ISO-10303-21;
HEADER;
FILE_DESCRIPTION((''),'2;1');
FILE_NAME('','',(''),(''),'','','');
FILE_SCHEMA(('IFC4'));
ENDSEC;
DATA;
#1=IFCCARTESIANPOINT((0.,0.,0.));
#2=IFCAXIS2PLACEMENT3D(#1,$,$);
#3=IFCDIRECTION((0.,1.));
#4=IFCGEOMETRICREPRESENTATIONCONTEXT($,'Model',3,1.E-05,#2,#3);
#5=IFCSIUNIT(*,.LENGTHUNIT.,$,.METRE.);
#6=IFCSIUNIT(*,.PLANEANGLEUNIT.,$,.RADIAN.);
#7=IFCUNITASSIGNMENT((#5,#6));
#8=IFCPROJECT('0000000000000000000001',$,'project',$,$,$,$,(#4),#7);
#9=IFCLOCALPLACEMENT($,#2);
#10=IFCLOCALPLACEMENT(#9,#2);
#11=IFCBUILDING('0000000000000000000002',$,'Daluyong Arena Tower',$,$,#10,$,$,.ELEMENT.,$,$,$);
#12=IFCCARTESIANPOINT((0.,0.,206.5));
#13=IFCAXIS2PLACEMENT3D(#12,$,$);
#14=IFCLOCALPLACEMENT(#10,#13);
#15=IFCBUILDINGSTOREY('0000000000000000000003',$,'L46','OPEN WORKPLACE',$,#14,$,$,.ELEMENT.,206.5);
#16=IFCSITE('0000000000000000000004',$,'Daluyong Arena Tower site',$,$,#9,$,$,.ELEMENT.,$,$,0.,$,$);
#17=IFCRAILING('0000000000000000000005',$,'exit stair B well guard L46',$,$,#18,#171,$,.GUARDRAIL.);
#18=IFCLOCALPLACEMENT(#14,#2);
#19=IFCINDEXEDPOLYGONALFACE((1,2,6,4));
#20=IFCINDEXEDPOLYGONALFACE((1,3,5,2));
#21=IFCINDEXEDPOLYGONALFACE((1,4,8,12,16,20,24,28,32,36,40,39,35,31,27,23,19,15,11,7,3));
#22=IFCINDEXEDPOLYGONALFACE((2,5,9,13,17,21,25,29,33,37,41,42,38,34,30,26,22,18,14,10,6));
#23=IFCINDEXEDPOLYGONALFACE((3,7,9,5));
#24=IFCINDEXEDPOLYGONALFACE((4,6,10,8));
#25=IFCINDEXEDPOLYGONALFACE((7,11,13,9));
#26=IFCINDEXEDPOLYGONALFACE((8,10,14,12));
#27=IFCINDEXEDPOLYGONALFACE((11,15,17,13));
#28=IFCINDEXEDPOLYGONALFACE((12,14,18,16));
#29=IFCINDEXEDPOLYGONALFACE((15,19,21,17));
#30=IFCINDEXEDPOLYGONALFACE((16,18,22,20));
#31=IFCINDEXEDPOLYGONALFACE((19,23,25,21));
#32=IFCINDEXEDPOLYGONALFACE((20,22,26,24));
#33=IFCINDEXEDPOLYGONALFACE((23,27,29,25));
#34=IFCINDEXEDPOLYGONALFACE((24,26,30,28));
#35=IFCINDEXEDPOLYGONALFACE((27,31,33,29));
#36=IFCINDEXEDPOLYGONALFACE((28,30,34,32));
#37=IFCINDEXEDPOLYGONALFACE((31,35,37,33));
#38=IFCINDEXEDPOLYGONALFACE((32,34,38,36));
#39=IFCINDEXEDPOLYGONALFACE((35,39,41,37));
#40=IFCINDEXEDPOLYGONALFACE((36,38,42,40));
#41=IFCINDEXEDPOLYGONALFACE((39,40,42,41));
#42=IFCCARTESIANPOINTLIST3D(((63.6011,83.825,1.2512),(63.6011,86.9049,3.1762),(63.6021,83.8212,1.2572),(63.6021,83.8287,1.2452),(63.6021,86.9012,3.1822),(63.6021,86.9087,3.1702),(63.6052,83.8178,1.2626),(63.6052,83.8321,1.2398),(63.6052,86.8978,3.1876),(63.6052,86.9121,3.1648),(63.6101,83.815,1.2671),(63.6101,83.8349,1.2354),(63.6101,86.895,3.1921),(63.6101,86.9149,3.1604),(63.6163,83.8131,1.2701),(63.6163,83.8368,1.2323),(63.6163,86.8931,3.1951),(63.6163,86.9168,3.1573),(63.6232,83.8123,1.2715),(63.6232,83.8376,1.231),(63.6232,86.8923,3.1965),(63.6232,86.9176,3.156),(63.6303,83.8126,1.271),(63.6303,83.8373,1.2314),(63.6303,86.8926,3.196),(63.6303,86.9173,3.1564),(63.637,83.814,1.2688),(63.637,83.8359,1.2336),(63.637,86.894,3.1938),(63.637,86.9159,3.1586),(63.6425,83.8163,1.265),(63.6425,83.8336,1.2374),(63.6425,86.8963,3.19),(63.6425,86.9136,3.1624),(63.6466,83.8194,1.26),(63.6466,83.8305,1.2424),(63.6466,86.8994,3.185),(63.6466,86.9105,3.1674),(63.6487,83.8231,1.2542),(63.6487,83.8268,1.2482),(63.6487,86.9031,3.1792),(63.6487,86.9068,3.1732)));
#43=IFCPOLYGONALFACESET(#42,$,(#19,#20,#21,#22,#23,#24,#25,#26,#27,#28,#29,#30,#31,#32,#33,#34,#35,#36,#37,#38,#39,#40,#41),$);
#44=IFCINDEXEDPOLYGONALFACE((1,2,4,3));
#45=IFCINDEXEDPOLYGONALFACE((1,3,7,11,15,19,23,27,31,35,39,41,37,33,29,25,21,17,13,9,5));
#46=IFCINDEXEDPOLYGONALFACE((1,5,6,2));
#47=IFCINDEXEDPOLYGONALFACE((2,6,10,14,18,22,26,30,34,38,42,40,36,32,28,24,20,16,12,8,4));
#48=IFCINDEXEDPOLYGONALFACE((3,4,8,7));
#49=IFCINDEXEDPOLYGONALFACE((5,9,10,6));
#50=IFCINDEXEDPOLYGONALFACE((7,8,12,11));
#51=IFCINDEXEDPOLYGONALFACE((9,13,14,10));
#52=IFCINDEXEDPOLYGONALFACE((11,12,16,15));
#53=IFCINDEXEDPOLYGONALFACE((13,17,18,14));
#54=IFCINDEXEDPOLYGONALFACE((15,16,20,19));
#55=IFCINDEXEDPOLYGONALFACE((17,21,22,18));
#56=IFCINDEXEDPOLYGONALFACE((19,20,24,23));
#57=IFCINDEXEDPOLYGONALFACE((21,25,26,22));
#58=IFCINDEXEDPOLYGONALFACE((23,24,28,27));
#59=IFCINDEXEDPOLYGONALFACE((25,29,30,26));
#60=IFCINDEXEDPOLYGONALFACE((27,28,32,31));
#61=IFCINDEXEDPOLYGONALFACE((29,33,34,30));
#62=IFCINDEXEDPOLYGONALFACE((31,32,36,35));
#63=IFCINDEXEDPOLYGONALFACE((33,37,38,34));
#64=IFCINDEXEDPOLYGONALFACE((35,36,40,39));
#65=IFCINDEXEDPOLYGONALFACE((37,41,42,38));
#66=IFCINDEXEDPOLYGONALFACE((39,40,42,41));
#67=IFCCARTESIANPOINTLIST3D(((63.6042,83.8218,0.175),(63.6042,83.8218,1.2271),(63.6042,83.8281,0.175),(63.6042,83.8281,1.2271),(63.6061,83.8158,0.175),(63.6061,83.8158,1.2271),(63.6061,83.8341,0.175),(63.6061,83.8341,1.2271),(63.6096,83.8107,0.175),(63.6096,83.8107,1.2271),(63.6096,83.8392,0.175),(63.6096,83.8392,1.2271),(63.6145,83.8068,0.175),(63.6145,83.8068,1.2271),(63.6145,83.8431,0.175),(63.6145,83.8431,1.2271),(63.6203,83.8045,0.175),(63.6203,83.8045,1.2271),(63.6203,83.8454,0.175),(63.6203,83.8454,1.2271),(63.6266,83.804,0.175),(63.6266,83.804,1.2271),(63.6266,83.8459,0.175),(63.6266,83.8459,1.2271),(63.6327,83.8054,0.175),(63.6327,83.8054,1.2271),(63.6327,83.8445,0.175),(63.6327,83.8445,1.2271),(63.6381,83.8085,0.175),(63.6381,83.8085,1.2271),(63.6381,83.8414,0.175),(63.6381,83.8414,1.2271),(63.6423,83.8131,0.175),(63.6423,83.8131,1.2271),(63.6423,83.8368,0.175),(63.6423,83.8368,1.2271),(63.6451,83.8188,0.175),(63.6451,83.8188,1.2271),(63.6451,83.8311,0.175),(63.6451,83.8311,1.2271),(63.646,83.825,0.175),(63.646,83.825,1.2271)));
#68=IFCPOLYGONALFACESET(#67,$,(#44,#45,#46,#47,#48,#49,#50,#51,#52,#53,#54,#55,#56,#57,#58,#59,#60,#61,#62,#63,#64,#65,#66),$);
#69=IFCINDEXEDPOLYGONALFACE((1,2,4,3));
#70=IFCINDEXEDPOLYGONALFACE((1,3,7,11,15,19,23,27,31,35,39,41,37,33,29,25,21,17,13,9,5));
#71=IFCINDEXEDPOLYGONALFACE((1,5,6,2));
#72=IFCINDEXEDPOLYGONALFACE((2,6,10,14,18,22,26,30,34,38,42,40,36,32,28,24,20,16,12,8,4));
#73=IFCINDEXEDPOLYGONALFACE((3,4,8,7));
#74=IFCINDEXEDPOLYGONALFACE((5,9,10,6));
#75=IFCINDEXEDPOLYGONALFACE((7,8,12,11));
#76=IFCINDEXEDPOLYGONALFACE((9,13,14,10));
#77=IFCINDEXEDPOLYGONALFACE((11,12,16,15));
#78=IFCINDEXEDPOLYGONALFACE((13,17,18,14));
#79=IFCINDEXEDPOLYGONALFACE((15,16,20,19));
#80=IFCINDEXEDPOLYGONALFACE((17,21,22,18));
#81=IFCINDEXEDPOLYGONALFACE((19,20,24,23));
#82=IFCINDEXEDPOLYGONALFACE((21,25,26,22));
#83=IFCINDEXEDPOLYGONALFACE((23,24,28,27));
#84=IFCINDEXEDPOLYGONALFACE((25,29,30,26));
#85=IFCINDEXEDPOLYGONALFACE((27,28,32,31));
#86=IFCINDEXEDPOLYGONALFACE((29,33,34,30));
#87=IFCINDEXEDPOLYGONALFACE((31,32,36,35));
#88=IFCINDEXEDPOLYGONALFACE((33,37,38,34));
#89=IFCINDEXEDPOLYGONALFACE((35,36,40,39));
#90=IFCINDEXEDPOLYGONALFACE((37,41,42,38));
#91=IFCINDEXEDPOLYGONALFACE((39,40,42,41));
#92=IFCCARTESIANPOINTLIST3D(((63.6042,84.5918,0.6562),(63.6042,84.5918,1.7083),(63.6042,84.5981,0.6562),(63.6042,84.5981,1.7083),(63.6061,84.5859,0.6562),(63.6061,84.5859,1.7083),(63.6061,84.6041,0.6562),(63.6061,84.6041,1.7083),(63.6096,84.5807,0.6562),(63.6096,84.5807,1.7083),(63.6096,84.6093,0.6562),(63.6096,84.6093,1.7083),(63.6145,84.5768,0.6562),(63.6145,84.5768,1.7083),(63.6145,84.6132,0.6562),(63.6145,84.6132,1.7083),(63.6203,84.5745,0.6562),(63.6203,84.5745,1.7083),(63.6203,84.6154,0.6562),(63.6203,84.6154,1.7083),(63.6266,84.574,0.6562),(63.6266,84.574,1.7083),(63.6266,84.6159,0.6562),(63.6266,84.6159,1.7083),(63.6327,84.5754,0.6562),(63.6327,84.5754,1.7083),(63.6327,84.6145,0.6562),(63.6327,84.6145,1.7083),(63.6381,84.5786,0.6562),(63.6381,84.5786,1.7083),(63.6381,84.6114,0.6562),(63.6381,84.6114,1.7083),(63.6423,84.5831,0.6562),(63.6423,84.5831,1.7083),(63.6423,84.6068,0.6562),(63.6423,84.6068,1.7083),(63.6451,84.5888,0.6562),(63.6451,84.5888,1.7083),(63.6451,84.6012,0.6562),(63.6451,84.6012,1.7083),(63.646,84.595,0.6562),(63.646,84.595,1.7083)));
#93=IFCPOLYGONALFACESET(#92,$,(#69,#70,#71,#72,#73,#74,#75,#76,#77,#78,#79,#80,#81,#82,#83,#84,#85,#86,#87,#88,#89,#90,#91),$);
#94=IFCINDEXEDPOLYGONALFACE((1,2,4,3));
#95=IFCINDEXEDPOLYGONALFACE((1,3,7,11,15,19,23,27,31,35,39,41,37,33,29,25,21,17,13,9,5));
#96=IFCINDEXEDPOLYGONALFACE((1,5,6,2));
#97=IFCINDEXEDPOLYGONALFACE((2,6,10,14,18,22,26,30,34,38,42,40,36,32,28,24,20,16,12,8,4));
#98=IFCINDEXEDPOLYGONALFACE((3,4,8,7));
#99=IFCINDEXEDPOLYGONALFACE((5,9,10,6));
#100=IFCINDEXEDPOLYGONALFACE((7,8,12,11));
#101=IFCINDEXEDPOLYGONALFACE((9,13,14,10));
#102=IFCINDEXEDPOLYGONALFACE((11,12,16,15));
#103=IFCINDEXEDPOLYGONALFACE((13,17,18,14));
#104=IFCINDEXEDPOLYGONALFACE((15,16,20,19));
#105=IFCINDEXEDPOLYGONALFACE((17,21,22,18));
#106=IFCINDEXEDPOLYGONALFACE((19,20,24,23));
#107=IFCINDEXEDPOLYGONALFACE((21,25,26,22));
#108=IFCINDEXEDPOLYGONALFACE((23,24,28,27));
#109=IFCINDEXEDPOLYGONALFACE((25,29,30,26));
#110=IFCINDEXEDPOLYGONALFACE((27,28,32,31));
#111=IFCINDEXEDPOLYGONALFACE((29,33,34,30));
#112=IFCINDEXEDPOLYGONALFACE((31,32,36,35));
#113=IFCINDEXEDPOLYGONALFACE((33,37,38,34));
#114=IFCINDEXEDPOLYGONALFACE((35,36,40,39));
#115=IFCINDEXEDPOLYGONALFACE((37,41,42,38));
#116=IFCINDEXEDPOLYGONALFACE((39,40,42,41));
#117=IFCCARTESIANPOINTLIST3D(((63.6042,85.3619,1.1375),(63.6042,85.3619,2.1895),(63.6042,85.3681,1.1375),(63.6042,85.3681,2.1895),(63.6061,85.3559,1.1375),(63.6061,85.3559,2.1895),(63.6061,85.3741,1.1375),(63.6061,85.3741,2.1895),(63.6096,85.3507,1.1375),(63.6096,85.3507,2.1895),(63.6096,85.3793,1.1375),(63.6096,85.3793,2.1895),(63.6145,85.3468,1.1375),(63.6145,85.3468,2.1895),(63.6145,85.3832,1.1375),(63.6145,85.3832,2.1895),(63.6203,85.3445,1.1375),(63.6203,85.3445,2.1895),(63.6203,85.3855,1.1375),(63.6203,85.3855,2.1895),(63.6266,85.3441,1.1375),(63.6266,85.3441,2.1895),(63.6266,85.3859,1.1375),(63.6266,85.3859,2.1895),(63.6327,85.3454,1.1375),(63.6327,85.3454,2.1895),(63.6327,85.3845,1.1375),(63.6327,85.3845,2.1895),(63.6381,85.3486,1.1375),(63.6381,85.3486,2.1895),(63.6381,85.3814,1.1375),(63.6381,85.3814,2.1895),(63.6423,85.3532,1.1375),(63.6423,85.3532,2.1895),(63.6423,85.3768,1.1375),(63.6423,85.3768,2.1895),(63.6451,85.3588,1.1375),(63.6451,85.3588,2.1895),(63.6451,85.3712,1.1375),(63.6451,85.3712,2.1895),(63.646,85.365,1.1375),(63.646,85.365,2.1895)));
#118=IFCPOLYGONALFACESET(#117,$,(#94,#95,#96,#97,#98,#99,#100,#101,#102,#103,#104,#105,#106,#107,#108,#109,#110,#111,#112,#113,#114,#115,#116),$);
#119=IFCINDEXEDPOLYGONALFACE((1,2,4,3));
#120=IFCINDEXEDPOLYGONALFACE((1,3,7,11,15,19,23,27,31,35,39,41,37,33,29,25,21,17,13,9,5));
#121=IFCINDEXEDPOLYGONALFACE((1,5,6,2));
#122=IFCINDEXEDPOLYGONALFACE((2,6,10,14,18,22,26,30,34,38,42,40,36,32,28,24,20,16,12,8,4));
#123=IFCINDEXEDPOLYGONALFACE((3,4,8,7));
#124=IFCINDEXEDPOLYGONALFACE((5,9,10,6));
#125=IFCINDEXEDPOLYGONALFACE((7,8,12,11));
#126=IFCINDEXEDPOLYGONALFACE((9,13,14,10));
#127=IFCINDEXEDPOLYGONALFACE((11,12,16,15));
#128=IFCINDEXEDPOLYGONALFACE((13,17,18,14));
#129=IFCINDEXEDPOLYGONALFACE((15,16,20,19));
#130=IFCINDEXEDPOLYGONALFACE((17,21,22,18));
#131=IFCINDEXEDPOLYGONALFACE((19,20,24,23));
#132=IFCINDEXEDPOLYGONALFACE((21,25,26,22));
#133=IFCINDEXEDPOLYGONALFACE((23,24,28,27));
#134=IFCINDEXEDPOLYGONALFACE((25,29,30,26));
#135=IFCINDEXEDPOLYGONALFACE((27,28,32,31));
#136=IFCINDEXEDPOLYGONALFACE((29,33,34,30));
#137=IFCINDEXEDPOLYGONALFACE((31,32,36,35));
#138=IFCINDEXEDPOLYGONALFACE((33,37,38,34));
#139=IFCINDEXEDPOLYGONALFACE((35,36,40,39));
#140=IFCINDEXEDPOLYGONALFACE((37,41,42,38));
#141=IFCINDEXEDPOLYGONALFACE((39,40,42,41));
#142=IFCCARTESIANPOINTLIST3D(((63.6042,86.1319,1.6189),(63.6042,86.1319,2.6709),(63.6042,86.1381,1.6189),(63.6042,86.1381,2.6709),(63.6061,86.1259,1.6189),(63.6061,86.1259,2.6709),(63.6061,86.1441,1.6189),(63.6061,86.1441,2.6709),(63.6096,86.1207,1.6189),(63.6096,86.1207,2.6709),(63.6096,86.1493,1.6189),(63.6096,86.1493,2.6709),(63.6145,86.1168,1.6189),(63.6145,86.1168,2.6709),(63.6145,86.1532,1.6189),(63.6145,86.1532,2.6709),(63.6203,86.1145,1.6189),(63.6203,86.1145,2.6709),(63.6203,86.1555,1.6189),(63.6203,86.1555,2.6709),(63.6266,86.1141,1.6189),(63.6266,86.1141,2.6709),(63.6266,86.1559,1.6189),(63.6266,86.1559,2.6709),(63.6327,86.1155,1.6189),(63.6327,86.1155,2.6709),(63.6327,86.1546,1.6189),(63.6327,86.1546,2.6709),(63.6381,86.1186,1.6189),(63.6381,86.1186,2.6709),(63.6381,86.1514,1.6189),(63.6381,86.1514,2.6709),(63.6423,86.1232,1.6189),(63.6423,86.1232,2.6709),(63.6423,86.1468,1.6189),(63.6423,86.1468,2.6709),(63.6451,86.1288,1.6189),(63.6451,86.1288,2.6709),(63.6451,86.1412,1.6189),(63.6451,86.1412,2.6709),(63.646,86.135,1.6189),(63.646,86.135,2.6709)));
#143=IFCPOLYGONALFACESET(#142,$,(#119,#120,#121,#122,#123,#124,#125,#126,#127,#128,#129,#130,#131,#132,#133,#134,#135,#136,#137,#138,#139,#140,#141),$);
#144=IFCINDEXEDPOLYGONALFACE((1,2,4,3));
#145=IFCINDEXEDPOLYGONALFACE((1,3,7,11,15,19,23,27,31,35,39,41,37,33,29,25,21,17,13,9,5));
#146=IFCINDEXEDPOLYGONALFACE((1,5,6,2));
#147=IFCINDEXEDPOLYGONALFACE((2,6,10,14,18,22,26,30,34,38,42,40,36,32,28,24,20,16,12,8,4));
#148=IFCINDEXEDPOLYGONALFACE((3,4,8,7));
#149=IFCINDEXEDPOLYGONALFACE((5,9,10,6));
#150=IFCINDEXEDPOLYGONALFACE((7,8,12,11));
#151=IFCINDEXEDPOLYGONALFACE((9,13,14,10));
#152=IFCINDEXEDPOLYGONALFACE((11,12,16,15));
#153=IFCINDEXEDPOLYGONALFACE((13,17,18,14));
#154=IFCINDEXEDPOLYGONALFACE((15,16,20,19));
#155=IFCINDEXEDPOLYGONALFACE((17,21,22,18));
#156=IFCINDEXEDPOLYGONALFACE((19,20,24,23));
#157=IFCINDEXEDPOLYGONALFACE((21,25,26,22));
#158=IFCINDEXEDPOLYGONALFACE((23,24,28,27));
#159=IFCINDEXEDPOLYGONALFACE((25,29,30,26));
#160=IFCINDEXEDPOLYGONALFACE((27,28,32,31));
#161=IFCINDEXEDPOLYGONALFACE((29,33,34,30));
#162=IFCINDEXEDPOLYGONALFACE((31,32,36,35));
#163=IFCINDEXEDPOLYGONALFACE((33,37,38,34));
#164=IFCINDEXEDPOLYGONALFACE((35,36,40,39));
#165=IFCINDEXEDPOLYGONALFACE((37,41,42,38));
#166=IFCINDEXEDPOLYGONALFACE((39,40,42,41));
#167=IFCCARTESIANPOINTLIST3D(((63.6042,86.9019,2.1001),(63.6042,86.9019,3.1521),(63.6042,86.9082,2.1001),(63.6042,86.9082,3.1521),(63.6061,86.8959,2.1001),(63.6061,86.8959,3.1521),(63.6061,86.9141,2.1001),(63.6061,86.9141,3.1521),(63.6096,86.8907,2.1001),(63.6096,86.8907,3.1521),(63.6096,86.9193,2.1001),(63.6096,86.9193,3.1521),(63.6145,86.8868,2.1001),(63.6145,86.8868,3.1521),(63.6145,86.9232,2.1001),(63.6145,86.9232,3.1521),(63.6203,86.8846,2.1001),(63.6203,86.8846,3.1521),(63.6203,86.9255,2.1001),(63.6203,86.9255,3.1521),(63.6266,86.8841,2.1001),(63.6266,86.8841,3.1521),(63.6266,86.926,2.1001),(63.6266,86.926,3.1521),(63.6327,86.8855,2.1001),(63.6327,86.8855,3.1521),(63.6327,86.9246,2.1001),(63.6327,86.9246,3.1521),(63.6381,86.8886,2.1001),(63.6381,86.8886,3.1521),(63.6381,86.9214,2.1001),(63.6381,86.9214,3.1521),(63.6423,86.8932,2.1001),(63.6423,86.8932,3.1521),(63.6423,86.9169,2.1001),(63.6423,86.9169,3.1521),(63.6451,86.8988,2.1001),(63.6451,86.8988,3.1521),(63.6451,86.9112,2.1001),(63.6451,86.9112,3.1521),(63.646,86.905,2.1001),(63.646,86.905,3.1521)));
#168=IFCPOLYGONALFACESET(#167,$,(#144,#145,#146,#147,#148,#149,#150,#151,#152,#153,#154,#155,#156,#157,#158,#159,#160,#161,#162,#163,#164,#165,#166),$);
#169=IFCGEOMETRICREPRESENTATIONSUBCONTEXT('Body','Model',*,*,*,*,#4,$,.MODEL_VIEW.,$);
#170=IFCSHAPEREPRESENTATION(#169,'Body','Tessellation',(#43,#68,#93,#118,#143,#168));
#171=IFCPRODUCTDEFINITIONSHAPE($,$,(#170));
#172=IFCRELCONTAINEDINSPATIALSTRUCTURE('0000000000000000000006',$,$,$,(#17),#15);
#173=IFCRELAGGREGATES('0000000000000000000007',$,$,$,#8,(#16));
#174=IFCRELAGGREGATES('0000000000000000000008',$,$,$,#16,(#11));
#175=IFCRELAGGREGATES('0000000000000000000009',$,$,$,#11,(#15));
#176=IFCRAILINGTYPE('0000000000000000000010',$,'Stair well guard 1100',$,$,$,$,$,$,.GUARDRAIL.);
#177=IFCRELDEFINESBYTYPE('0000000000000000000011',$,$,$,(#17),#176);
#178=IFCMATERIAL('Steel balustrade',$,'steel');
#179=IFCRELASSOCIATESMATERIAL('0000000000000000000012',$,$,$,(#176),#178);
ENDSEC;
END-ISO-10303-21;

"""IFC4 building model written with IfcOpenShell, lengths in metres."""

from ifc_helpers import new_model, si_unit, direction, frame, origin, origin_2d, place, context, subcontext, project, spatial, circle, extrude, material, type_object, element, save


model = new_model("IFC4")

# Units and contexts
model_context = context("Model", 3, precision=1e-05, world=origin(), true_north=direction((0.0, 1.0)))
body_context = subcontext(model_context, "Body", "Model", "MODEL_VIEW")
ifc_project = project(units=[si_unit("LENGTHUNIT", "METRE"), si_unit("PLANEANGLEUNIT", "RADIAN")], contexts=[model_context])

# Site, building, storey
site_placement = place(None, origin())
site = spatial("IfcSite", under=ifc_project, at=site_placement, Name="Daluyong Arena Tower site", CompositionType="ELEMENT", RefElevation=0.0)
building_placement = place(site_placement, origin())
building = spatial("IfcBuilding", under=site, at=building_placement, Name="Daluyong Arena Tower", CompositionType="ELEMENT")
storey_placement = place(building_placement, frame((0.0, 0.0, 206.5)))
storey = spatial("IfcBuildingStorey", under=building, at=storey_placement, Name="L46", Description="OPEN WORKPLACE", CompositionType="ELEMENT", Elevation=206.5)

# Railing
ifc_material_1 = material(Name="Steel balustrade", Category="steel")
railing_type_1 = type_object("IfcRailingType", Name="Stair well guard 1100", PredefinedType="GUARDRAIL", material=ifc_material_1)
railing_1_placement = place(storey_placement, frame((63.625, 83.825, 0.175)))
element("IfcRailing", 1, at=railing_1_placement, inside=storey, type_object=railing_type_1, Name="exit stair B well guard L46", PredefinedType="GUARDRAIL", context=body_context, shape_type="SweptSolid", body=[
    extrude(circle(Radius=0.0239, at=origin_2d()), frame((0.0, 0.0, 1.0762), z_axis=(0.0, 0.847998, 0.529999), x_axis=(-1.0, 0.0, 0.0)), (0.0, 0.0, 1.0), 3.6321),
    extrude(circle(Radius=0.021, at=origin_2d()), origin(), (0.0, 0.0, 1.0), 1.052),
    extrude(circle(Radius=0.021, at=origin_2d()), frame((0.0, 0.77, 0.4812)), (0.0, 0.0, 1.0), 1.052),
    extrude(circle(Radius=0.021, at=origin_2d()), frame((0.0, 1.54, 0.9624)), (0.0, 0.0, 1.0), 1.052),
    extrude(circle(Radius=0.021, at=origin_2d()), frame((0.0, 2.3101, 1.4438)), (0.0, 0.0, 1.0), 1.052),
    extrude(circle(Radius=0.021, at=origin_2d()), frame((0.0, 3.0801, 1.925)), (0.0, 0.0, 1.0), 1.052),
])

save(model, "model.ifc")
